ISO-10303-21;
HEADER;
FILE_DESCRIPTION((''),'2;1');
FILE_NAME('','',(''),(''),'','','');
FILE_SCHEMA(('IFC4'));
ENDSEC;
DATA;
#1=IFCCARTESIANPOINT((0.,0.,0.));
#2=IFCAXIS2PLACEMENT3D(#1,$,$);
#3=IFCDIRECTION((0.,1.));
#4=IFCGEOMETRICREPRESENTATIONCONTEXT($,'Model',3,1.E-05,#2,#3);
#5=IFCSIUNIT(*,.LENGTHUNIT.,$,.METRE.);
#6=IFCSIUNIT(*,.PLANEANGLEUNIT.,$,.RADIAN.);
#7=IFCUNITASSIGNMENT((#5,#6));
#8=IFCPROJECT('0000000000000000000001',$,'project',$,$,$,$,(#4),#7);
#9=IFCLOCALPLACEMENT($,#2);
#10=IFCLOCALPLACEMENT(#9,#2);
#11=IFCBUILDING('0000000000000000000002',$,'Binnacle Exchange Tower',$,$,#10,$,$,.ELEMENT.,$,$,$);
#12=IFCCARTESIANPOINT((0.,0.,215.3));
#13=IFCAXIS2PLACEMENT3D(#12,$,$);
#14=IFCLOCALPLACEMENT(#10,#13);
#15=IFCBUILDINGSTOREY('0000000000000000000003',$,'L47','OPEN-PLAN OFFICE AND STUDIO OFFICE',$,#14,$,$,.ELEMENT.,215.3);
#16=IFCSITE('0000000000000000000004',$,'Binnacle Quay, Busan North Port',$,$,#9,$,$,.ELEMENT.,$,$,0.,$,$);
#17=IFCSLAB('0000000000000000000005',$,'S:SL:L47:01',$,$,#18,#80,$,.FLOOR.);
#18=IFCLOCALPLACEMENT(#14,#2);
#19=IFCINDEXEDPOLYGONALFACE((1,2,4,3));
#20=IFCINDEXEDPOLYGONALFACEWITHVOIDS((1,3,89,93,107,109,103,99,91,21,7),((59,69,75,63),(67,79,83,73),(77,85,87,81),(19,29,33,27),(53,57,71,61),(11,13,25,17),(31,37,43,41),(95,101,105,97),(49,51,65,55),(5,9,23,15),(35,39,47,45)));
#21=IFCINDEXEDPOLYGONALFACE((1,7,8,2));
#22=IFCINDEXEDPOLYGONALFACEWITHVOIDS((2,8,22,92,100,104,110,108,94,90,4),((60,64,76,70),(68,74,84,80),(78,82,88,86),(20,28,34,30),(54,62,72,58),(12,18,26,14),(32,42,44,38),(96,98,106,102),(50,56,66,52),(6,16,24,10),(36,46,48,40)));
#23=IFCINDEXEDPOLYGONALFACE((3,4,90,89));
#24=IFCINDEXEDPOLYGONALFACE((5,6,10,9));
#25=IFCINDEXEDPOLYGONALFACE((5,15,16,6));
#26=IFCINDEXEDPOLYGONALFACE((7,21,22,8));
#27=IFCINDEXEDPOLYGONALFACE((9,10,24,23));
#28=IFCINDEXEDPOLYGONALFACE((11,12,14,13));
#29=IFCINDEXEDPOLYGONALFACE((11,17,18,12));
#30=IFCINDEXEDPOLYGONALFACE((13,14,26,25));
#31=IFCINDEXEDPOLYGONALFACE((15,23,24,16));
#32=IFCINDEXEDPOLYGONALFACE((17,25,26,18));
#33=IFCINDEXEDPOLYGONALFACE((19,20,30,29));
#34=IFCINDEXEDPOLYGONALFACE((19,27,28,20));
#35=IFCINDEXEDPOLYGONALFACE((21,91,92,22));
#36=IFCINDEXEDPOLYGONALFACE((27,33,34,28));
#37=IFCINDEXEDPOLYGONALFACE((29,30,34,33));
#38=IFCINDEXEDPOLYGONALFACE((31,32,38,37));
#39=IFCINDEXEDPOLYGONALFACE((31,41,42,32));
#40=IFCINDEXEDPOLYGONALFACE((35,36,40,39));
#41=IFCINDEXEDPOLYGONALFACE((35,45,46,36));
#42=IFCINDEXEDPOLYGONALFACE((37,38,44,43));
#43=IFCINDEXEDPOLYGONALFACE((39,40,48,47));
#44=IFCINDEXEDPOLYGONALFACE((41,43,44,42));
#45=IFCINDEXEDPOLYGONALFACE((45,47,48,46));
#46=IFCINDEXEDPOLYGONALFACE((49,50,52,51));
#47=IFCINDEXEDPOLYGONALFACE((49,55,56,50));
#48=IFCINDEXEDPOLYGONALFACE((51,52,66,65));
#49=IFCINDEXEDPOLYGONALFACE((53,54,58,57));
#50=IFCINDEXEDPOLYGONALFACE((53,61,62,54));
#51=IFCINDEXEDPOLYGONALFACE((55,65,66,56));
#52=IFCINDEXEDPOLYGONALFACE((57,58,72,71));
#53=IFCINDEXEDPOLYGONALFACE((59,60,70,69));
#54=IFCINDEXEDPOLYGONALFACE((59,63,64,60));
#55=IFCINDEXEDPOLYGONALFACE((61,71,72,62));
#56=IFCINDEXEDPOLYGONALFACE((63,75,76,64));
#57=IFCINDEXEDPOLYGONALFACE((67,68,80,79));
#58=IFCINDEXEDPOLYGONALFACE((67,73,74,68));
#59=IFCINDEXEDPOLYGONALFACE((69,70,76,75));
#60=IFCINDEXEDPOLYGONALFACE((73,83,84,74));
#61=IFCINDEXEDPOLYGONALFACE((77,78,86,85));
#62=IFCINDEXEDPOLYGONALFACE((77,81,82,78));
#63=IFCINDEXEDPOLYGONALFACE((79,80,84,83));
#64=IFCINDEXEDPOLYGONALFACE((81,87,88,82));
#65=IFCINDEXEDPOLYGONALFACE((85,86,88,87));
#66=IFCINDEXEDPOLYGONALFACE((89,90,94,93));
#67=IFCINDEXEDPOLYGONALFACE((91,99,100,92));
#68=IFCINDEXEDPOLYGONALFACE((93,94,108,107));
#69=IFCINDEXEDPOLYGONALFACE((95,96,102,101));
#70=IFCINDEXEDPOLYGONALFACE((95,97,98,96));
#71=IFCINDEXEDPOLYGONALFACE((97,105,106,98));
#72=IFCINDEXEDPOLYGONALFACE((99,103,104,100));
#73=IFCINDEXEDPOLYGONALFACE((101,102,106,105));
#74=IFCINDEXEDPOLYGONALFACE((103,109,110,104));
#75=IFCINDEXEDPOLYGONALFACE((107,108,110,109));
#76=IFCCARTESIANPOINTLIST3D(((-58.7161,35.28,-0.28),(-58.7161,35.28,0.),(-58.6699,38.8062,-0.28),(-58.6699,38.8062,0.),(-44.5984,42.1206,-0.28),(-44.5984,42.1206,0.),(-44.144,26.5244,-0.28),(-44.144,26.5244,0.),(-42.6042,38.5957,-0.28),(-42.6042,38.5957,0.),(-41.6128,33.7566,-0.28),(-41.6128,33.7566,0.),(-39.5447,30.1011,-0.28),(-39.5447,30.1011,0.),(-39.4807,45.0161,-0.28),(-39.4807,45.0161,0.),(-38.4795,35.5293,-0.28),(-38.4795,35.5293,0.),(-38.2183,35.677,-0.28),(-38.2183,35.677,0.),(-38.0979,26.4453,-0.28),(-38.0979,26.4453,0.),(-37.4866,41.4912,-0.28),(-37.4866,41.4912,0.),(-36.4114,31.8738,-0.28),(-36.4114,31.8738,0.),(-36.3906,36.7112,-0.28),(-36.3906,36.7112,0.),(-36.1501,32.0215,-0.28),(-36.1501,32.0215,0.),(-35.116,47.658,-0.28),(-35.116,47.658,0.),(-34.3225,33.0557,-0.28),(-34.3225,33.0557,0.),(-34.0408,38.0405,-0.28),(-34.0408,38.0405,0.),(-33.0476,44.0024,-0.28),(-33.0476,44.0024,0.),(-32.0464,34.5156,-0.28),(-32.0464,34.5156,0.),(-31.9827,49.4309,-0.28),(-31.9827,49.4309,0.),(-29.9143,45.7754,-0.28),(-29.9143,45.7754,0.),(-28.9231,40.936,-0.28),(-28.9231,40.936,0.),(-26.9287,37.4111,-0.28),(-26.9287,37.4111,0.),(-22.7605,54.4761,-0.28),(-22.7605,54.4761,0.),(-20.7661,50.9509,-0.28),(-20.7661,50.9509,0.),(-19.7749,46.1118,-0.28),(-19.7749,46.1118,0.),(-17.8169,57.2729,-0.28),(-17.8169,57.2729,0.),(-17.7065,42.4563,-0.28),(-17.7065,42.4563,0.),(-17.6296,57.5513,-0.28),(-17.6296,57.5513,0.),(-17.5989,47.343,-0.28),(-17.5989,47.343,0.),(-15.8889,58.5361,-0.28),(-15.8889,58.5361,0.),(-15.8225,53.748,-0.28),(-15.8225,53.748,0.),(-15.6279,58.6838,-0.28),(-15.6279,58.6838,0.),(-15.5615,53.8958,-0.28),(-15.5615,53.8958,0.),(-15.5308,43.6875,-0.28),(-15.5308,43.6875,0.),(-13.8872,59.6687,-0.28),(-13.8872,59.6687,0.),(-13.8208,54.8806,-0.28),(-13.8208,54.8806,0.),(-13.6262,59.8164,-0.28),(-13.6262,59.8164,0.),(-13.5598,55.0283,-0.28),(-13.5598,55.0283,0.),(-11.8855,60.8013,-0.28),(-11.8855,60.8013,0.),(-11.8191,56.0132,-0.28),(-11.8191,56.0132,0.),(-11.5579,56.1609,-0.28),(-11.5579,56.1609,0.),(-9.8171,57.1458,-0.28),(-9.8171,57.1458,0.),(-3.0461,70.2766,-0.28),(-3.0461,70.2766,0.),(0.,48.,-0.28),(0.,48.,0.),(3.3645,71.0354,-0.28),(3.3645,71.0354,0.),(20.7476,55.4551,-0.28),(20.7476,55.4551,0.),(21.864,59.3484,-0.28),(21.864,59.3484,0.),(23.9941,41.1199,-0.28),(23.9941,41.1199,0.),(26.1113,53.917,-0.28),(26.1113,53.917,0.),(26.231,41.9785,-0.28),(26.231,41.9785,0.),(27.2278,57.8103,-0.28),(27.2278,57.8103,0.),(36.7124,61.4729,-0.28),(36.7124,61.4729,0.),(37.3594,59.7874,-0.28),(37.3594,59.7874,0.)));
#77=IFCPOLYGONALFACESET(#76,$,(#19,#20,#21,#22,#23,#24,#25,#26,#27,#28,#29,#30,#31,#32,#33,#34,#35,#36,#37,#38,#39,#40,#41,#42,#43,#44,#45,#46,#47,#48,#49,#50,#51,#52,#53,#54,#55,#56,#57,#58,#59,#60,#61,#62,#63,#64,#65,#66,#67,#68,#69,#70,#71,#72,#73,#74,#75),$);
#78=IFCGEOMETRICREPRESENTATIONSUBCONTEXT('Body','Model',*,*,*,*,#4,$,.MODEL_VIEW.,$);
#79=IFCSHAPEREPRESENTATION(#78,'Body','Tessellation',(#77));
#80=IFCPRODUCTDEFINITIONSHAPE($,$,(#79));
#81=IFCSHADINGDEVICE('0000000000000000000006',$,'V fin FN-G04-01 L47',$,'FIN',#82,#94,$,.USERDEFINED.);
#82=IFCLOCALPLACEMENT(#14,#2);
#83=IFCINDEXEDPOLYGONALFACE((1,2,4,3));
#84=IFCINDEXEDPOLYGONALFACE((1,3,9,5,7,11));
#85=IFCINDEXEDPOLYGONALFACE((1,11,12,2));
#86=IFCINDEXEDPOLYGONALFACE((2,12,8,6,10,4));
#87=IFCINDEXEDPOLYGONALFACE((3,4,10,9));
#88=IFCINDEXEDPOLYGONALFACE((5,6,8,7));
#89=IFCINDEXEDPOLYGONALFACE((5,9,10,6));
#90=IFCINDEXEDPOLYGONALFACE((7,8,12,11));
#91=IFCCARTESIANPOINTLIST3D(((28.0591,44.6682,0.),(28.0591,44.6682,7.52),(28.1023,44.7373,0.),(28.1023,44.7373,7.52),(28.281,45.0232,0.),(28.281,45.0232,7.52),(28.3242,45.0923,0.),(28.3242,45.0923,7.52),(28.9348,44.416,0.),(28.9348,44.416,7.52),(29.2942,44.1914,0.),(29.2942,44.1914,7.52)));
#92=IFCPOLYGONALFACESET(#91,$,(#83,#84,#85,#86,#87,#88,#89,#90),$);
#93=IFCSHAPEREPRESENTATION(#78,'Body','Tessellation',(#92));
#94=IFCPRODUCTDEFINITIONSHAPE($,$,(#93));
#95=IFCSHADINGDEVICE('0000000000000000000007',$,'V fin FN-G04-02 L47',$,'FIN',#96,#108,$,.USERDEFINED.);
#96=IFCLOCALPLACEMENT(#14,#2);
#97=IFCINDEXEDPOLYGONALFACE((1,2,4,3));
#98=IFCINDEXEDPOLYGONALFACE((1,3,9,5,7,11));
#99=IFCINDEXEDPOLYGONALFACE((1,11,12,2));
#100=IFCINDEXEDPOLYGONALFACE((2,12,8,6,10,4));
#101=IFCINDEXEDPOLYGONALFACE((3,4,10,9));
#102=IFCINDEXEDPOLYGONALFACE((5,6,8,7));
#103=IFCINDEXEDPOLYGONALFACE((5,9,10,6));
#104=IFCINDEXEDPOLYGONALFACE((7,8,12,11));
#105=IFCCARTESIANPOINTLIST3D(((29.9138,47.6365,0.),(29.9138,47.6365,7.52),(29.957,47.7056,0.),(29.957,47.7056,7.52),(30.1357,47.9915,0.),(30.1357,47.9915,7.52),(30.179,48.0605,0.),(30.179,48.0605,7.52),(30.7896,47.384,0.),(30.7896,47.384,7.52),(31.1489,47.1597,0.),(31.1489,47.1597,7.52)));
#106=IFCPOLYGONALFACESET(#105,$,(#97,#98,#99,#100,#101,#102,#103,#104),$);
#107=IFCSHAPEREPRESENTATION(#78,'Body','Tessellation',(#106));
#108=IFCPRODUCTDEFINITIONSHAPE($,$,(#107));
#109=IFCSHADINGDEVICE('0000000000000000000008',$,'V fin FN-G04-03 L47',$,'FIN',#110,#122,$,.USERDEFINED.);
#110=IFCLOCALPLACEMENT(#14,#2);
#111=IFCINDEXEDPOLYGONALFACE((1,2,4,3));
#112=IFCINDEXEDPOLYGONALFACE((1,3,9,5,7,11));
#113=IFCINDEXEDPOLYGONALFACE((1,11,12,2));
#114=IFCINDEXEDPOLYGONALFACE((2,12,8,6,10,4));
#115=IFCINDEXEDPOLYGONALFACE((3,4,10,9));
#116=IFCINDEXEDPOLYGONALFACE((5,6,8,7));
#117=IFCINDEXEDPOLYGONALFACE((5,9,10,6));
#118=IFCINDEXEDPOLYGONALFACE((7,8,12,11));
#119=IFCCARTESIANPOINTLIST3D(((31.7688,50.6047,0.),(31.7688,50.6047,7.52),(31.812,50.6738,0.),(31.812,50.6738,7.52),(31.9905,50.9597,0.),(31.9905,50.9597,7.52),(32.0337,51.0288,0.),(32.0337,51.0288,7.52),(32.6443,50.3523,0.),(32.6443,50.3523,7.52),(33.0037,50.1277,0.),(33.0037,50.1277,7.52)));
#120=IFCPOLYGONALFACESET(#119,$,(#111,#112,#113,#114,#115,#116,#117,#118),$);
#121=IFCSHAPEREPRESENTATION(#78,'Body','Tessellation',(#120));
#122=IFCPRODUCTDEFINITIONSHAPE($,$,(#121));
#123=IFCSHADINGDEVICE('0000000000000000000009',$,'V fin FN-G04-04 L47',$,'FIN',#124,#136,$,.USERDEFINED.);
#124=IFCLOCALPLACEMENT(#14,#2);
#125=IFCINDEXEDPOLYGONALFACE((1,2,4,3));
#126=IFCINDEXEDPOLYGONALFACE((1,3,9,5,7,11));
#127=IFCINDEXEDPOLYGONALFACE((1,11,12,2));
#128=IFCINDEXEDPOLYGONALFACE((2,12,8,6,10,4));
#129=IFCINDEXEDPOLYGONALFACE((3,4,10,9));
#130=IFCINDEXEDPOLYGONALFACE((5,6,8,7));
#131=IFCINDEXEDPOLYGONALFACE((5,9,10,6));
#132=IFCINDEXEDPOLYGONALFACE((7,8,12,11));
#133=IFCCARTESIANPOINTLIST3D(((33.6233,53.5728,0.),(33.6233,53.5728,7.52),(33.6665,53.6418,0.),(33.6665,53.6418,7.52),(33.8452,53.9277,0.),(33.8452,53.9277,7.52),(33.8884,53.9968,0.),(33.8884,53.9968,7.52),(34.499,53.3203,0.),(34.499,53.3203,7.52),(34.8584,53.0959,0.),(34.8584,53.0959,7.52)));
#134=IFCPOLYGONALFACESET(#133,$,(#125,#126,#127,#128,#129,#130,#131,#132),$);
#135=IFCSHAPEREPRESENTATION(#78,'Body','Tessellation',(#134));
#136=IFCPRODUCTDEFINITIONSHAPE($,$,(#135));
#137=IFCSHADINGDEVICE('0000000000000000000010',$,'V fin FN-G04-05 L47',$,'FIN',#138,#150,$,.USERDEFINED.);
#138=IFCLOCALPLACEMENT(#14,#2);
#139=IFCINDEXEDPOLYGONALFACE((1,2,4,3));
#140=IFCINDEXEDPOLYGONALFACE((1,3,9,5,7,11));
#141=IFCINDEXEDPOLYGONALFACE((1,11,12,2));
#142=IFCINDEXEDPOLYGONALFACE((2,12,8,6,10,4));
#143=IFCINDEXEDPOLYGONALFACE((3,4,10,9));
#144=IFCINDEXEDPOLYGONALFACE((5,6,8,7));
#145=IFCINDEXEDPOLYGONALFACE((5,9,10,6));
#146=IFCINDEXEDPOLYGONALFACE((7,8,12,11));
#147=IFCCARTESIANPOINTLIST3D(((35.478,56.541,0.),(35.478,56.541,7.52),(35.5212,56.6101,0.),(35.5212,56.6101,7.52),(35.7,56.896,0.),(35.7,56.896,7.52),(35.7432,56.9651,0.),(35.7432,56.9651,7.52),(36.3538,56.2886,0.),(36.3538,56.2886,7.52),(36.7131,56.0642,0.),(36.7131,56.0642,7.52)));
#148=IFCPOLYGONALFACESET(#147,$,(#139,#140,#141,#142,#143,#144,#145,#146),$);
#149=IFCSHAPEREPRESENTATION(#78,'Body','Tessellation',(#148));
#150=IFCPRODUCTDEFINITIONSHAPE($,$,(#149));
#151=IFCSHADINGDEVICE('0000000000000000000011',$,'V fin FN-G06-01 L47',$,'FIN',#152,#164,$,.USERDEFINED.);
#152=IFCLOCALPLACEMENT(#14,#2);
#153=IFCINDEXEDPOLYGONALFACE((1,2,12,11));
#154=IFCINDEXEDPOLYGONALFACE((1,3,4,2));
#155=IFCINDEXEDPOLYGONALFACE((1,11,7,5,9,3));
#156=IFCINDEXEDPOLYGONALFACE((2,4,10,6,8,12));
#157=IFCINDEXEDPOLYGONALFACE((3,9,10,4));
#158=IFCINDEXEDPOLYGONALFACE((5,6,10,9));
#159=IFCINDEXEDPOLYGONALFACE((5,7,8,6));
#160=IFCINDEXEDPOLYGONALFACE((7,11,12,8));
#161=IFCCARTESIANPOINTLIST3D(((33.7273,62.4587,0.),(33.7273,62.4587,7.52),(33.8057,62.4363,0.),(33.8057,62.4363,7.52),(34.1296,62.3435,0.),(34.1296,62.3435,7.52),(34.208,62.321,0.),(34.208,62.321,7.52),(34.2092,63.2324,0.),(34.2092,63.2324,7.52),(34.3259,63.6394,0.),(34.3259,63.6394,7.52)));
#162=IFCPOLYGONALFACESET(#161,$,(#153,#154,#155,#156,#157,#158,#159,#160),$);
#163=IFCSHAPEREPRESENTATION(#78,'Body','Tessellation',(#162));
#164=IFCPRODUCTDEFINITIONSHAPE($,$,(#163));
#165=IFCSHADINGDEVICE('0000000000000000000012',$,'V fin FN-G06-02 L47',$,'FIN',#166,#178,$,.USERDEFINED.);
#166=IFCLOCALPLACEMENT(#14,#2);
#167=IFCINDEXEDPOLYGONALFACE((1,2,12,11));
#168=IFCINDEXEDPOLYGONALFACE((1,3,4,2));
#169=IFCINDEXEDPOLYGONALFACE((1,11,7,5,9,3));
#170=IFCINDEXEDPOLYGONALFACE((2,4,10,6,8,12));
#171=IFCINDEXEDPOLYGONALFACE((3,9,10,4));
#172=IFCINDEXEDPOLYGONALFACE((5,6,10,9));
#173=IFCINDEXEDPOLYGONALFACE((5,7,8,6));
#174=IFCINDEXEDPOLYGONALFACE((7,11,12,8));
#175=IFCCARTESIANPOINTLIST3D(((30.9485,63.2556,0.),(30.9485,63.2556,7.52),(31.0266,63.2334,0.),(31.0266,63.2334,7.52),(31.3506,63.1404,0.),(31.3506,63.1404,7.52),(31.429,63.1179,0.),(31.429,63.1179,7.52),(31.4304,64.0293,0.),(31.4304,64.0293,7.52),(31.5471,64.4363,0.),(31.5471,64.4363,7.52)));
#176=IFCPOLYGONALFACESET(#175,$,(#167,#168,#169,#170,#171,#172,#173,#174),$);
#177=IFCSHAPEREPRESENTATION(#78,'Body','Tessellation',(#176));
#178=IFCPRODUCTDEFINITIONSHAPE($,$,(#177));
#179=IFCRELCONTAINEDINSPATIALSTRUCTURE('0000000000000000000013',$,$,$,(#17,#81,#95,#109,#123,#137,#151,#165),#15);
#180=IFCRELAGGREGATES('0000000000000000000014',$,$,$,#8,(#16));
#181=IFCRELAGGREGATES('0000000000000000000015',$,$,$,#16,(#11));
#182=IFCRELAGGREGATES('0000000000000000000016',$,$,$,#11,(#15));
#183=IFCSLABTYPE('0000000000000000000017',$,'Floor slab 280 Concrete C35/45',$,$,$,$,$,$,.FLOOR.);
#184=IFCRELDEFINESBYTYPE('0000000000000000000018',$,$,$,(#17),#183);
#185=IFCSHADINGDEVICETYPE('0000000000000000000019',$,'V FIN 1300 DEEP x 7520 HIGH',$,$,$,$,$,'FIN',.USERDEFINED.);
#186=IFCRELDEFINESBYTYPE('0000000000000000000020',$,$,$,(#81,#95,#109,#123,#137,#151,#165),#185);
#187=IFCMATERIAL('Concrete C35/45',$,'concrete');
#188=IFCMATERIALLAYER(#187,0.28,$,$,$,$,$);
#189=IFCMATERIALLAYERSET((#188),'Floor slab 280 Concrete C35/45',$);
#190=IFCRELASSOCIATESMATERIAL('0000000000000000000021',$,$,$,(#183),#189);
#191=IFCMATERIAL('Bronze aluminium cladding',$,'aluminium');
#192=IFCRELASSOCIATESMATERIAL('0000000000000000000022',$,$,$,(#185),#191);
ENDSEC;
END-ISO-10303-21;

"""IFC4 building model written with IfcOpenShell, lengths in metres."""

from ifc_helpers import new_model, si_unit, direction, frame, origin, place, context, subcontext, project, spatial, polyline, outline, extrude, material, layer, layer_set, type_object, element, save


model = new_model("IFC4")

# Units and contexts
model_context = context("Model", 3, precision=1e-05, world=origin(), true_north=direction((0.0, 1.0)))
body_context = subcontext(model_context, "Body", "Model", "MODEL_VIEW")
ifc_project = project(units=[si_unit("LENGTHUNIT", "METRE"), si_unit("PLANEANGLEUNIT", "RADIAN")], contexts=[model_context])

# Site, building, storey
site_placement = place(None, origin())
site = spatial("IfcSite", under=ifc_project, at=site_placement, Name="Binnacle Quay, Busan North Port", CompositionType="ELEMENT", RefElevation=0.0)
building_placement = place(site_placement, origin())
building = spatial("IfcBuilding", under=site, at=building_placement, Name="Binnacle Exchange Tower", CompositionType="ELEMENT")
storey_placement = place(building_placement, frame((0.0, 0.0, 215.3)))
storey = spatial("IfcBuildingStorey", under=building, at=storey_placement, Name="L47", Description="OPEN-PLAN OFFICE AND STUDIO OFFICE", CompositionType="ELEMENT", Elevation=215.3)

# Slab
ifc_material_1 = material(Name="Concrete C35/45", Category="concrete")
ifc_layer = layer(ifc_material_1, 0.28)
ifc_layer_set = layer_set([ifc_layer], Name="Floor slab 280 Concrete C35/45")
slab_type = type_object("IfcSlabType", Name="Floor slab 280 Concrete C35/45", PredefinedType="FLOOR", material=ifc_layer_set)
slab_placement = place(storey_placement, frame((0.0, 0.0, -0.28)))
element("IfcSlab", 1, at=slab_placement, inside=storey, type_object=slab_type, Name="S:SL:L47:01", PredefinedType="FLOOR", context=body_context, shape_type="SweptSolid", body=[
    extrude(outline(polyline([(-58.7161, 35.28), (-58.6699, 38.8062), (-3.0461, 70.2766), (3.3645, 71.0354), (36.7124, 61.4729), (37.3594, 59.7874), (26.231, 41.9785), (23.9941, 41.1199), (0.0, 48.0), (-38.0979, 26.4453), (-44.144, 26.5244), (-58.7161, 35.28)]), holes=[polyline([(-38.4795, 35.5293), (-41.6128, 33.7566), (-39.5447, 30.1011), (-36.4114, 31.8738), (-38.4795, 35.5293)]), polyline([(-36.3906, 36.7112), (-38.2183, 35.677), (-36.1501, 32.0215), (-34.3225, 33.0557), (-36.3906, 36.7112)]), polyline([(-32.0464, 34.5156), (-26.9287, 37.4111), (-28.9231, 40.936), (-34.0408, 38.0405), (-32.0464, 34.5156)]), polyline([(-37.4866, 41.4912), (-39.4807, 45.0161), (-44.5984, 42.1206), (-42.6042, 38.5957), (-37.4866, 41.4912)]), polyline([(-29.9143, 45.7754), (-31.9827, 49.4309), (-35.116, 47.658), (-33.0476, 44.0024), (-29.9143, 45.7754)]), polyline([(-17.8169, 57.2729), (-22.7605, 54.4761), (-20.7661, 50.9509), (-15.8225, 53.748), (-17.8169, 57.2729)]), polyline([(-15.5308, 43.6875), (-17.5989, 47.343), (-19.7749, 46.1118), (-17.7065, 42.4563), (-15.5308, 43.6875)]), polyline([(-13.8208, 54.8806), (-15.8889, 58.5361), (-17.6296, 57.5513), (-15.5615, 53.8958), (-13.8208, 54.8806)]), polyline([(27.2278, 57.8103), (21.864, 59.3484), (20.7476, 55.4551), (26.1113, 53.917), (27.2278, 57.8103)]), polyline([(-11.8191, 56.0132), (-13.8872, 59.6687), (-15.6279, 58.6838), (-13.5598, 55.0283), (-11.8191, 56.0132)]), polyline([(-9.8171, 57.1458), (-11.8855, 60.8013), (-13.6262, 59.8164), (-11.5579, 56.1609), (-9.8171, 57.1458)])]), origin(), (0.0, 0.0, 1.0), 0.28),
])

# Shading devices
ifc_material_2 = material(Name="Bronze aluminium cladding", Category="aluminium")
shading_device_type = type_object("IfcShadingDeviceType", Name="V FIN 1300 DEEP x 7520 HIGH", ElementType="FIN", PredefinedType="USERDEFINED", material=ifc_material_2)
shading_device_1_placement = place(storey_placement, origin())
element("IfcShadingDevice", 2, at=shading_device_1_placement, inside=storey, type_object=shading_device_type, Name="V fin FN-G04-01 L47", ObjectType="FIN", PredefinedType="USERDEFINED", context=body_context, shape_type="SweptSolid", body=[
    extrude(outline(polyline([(28.0591, 44.6682), (29.2942, 44.1914), (28.3242, 45.0923), (28.281, 45.0232), (28.9348, 44.416), (28.1023, 44.7373), (28.0591, 44.6682)])), origin(), (0.0, 0.0, 1.0), 7.52),
])
shading_device_2_placement = place(storey_placement, origin())
element("IfcShadingDevice", 3, at=shading_device_2_placement, inside=storey, type_object=shading_device_type, Name="V fin FN-G04-02 L47", ObjectType="FIN", PredefinedType="USERDEFINED", context=body_context, shape_type="SweptSolid", body=[
    extrude(outline(polyline([(29.9138, 47.6365), (31.1489, 47.1597), (30.179, 48.0605), (30.1357, 47.9915), (30.7896, 47.384), (29.957, 47.7056), (29.9138, 47.6365)])), origin(), (0.0, 0.0, 1.0), 7.52),
])
shading_device_3_placement = place(storey_placement, origin())
element("IfcShadingDevice", 4, at=shading_device_3_placement, inside=storey, type_object=shading_device_type, Name="V fin FN-G04-03 L47", ObjectType="FIN", PredefinedType="USERDEFINED", context=body_context, shape_type="SweptSolid", body=[
    extrude(outline(polyline([(31.7688, 50.6047), (33.0037, 50.1277), (32.0337, 51.0288), (31.9905, 50.9597), (32.6443, 50.3523), (31.812, 50.6738), (31.7688, 50.6047)])), origin(), (0.0, 0.0, 1.0), 7.52),
])
shading_device_4_placement = place(storey_placement, origin())
element("IfcShadingDevice", 5, at=shading_device_4_placement, inside=storey, type_object=shading_device_type, Name="V fin FN-G04-04 L47", ObjectType="FIN", PredefinedType="USERDEFINED", context=body_context, shape_type="SweptSolid", body=[
    extrude(outline(polyline([(33.6233, 53.5728), (34.8584, 53.0959), (33.8884, 53.9968), (33.8452, 53.9277), (34.499, 53.3203), (33.6665, 53.6418), (33.6233, 53.5728)])), origin(), (0.0, 0.0, 1.0), 7.52),
])
shading_device_5_placement = place(storey_placement, origin())
element("IfcShadingDevice", 6, at=shading_device_5_placement, inside=storey, type_object=shading_device_type, Name="V fin FN-G04-05 L47", ObjectType="FIN", PredefinedType="USERDEFINED", context=body_context, shape_type="SweptSolid", body=[
    extrude(outline(polyline([(35.478, 56.541), (36.7131, 56.0642), (35.7432, 56.9651), (35.7, 56.896), (36.3538, 56.2886), (35.5212, 56.6101), (35.478, 56.541)])), origin(), (0.0, 0.0, 1.0), 7.52),
])
shading_device_6_placement = place(storey_placement, origin())
element("IfcShadingDevice", 7, at=shading_device_6_placement, inside=storey, type_object=shading_device_type, Name="V fin FN-G06-01 L47", ObjectType="FIN", PredefinedType="USERDEFINED", context=body_context, shape_type="SweptSolid", body=[
    extrude(outline(polyline([(34.208, 62.321), (34.3259, 63.6394), (33.7273, 62.4587), (33.8057, 62.4363), (34.2092, 63.2324), (34.1296, 62.3435), (34.208, 62.321)])), origin(), (0.0, 0.0, 1.0), 7.52),
])
shading_device_7_placement = place(storey_placement, origin())
element("IfcShadingDevice", 8, at=shading_device_7_placement, inside=storey, type_object=shading_device_type, Name="V fin FN-G06-02 L47", ObjectType="FIN", PredefinedType="USERDEFINED", context=body_context, shape_type="SweptSolid", body=[
    extrude(outline(polyline([(31.429, 63.1179), (31.5471, 64.4363), (30.9485, 63.2556), (31.0266, 63.2334), (31.4304, 64.0293), (31.3506, 63.1404), (31.429, 63.1179)])), origin(), (0.0, 0.0, 1.0), 7.52),
])

save(model, "model.ifc")
